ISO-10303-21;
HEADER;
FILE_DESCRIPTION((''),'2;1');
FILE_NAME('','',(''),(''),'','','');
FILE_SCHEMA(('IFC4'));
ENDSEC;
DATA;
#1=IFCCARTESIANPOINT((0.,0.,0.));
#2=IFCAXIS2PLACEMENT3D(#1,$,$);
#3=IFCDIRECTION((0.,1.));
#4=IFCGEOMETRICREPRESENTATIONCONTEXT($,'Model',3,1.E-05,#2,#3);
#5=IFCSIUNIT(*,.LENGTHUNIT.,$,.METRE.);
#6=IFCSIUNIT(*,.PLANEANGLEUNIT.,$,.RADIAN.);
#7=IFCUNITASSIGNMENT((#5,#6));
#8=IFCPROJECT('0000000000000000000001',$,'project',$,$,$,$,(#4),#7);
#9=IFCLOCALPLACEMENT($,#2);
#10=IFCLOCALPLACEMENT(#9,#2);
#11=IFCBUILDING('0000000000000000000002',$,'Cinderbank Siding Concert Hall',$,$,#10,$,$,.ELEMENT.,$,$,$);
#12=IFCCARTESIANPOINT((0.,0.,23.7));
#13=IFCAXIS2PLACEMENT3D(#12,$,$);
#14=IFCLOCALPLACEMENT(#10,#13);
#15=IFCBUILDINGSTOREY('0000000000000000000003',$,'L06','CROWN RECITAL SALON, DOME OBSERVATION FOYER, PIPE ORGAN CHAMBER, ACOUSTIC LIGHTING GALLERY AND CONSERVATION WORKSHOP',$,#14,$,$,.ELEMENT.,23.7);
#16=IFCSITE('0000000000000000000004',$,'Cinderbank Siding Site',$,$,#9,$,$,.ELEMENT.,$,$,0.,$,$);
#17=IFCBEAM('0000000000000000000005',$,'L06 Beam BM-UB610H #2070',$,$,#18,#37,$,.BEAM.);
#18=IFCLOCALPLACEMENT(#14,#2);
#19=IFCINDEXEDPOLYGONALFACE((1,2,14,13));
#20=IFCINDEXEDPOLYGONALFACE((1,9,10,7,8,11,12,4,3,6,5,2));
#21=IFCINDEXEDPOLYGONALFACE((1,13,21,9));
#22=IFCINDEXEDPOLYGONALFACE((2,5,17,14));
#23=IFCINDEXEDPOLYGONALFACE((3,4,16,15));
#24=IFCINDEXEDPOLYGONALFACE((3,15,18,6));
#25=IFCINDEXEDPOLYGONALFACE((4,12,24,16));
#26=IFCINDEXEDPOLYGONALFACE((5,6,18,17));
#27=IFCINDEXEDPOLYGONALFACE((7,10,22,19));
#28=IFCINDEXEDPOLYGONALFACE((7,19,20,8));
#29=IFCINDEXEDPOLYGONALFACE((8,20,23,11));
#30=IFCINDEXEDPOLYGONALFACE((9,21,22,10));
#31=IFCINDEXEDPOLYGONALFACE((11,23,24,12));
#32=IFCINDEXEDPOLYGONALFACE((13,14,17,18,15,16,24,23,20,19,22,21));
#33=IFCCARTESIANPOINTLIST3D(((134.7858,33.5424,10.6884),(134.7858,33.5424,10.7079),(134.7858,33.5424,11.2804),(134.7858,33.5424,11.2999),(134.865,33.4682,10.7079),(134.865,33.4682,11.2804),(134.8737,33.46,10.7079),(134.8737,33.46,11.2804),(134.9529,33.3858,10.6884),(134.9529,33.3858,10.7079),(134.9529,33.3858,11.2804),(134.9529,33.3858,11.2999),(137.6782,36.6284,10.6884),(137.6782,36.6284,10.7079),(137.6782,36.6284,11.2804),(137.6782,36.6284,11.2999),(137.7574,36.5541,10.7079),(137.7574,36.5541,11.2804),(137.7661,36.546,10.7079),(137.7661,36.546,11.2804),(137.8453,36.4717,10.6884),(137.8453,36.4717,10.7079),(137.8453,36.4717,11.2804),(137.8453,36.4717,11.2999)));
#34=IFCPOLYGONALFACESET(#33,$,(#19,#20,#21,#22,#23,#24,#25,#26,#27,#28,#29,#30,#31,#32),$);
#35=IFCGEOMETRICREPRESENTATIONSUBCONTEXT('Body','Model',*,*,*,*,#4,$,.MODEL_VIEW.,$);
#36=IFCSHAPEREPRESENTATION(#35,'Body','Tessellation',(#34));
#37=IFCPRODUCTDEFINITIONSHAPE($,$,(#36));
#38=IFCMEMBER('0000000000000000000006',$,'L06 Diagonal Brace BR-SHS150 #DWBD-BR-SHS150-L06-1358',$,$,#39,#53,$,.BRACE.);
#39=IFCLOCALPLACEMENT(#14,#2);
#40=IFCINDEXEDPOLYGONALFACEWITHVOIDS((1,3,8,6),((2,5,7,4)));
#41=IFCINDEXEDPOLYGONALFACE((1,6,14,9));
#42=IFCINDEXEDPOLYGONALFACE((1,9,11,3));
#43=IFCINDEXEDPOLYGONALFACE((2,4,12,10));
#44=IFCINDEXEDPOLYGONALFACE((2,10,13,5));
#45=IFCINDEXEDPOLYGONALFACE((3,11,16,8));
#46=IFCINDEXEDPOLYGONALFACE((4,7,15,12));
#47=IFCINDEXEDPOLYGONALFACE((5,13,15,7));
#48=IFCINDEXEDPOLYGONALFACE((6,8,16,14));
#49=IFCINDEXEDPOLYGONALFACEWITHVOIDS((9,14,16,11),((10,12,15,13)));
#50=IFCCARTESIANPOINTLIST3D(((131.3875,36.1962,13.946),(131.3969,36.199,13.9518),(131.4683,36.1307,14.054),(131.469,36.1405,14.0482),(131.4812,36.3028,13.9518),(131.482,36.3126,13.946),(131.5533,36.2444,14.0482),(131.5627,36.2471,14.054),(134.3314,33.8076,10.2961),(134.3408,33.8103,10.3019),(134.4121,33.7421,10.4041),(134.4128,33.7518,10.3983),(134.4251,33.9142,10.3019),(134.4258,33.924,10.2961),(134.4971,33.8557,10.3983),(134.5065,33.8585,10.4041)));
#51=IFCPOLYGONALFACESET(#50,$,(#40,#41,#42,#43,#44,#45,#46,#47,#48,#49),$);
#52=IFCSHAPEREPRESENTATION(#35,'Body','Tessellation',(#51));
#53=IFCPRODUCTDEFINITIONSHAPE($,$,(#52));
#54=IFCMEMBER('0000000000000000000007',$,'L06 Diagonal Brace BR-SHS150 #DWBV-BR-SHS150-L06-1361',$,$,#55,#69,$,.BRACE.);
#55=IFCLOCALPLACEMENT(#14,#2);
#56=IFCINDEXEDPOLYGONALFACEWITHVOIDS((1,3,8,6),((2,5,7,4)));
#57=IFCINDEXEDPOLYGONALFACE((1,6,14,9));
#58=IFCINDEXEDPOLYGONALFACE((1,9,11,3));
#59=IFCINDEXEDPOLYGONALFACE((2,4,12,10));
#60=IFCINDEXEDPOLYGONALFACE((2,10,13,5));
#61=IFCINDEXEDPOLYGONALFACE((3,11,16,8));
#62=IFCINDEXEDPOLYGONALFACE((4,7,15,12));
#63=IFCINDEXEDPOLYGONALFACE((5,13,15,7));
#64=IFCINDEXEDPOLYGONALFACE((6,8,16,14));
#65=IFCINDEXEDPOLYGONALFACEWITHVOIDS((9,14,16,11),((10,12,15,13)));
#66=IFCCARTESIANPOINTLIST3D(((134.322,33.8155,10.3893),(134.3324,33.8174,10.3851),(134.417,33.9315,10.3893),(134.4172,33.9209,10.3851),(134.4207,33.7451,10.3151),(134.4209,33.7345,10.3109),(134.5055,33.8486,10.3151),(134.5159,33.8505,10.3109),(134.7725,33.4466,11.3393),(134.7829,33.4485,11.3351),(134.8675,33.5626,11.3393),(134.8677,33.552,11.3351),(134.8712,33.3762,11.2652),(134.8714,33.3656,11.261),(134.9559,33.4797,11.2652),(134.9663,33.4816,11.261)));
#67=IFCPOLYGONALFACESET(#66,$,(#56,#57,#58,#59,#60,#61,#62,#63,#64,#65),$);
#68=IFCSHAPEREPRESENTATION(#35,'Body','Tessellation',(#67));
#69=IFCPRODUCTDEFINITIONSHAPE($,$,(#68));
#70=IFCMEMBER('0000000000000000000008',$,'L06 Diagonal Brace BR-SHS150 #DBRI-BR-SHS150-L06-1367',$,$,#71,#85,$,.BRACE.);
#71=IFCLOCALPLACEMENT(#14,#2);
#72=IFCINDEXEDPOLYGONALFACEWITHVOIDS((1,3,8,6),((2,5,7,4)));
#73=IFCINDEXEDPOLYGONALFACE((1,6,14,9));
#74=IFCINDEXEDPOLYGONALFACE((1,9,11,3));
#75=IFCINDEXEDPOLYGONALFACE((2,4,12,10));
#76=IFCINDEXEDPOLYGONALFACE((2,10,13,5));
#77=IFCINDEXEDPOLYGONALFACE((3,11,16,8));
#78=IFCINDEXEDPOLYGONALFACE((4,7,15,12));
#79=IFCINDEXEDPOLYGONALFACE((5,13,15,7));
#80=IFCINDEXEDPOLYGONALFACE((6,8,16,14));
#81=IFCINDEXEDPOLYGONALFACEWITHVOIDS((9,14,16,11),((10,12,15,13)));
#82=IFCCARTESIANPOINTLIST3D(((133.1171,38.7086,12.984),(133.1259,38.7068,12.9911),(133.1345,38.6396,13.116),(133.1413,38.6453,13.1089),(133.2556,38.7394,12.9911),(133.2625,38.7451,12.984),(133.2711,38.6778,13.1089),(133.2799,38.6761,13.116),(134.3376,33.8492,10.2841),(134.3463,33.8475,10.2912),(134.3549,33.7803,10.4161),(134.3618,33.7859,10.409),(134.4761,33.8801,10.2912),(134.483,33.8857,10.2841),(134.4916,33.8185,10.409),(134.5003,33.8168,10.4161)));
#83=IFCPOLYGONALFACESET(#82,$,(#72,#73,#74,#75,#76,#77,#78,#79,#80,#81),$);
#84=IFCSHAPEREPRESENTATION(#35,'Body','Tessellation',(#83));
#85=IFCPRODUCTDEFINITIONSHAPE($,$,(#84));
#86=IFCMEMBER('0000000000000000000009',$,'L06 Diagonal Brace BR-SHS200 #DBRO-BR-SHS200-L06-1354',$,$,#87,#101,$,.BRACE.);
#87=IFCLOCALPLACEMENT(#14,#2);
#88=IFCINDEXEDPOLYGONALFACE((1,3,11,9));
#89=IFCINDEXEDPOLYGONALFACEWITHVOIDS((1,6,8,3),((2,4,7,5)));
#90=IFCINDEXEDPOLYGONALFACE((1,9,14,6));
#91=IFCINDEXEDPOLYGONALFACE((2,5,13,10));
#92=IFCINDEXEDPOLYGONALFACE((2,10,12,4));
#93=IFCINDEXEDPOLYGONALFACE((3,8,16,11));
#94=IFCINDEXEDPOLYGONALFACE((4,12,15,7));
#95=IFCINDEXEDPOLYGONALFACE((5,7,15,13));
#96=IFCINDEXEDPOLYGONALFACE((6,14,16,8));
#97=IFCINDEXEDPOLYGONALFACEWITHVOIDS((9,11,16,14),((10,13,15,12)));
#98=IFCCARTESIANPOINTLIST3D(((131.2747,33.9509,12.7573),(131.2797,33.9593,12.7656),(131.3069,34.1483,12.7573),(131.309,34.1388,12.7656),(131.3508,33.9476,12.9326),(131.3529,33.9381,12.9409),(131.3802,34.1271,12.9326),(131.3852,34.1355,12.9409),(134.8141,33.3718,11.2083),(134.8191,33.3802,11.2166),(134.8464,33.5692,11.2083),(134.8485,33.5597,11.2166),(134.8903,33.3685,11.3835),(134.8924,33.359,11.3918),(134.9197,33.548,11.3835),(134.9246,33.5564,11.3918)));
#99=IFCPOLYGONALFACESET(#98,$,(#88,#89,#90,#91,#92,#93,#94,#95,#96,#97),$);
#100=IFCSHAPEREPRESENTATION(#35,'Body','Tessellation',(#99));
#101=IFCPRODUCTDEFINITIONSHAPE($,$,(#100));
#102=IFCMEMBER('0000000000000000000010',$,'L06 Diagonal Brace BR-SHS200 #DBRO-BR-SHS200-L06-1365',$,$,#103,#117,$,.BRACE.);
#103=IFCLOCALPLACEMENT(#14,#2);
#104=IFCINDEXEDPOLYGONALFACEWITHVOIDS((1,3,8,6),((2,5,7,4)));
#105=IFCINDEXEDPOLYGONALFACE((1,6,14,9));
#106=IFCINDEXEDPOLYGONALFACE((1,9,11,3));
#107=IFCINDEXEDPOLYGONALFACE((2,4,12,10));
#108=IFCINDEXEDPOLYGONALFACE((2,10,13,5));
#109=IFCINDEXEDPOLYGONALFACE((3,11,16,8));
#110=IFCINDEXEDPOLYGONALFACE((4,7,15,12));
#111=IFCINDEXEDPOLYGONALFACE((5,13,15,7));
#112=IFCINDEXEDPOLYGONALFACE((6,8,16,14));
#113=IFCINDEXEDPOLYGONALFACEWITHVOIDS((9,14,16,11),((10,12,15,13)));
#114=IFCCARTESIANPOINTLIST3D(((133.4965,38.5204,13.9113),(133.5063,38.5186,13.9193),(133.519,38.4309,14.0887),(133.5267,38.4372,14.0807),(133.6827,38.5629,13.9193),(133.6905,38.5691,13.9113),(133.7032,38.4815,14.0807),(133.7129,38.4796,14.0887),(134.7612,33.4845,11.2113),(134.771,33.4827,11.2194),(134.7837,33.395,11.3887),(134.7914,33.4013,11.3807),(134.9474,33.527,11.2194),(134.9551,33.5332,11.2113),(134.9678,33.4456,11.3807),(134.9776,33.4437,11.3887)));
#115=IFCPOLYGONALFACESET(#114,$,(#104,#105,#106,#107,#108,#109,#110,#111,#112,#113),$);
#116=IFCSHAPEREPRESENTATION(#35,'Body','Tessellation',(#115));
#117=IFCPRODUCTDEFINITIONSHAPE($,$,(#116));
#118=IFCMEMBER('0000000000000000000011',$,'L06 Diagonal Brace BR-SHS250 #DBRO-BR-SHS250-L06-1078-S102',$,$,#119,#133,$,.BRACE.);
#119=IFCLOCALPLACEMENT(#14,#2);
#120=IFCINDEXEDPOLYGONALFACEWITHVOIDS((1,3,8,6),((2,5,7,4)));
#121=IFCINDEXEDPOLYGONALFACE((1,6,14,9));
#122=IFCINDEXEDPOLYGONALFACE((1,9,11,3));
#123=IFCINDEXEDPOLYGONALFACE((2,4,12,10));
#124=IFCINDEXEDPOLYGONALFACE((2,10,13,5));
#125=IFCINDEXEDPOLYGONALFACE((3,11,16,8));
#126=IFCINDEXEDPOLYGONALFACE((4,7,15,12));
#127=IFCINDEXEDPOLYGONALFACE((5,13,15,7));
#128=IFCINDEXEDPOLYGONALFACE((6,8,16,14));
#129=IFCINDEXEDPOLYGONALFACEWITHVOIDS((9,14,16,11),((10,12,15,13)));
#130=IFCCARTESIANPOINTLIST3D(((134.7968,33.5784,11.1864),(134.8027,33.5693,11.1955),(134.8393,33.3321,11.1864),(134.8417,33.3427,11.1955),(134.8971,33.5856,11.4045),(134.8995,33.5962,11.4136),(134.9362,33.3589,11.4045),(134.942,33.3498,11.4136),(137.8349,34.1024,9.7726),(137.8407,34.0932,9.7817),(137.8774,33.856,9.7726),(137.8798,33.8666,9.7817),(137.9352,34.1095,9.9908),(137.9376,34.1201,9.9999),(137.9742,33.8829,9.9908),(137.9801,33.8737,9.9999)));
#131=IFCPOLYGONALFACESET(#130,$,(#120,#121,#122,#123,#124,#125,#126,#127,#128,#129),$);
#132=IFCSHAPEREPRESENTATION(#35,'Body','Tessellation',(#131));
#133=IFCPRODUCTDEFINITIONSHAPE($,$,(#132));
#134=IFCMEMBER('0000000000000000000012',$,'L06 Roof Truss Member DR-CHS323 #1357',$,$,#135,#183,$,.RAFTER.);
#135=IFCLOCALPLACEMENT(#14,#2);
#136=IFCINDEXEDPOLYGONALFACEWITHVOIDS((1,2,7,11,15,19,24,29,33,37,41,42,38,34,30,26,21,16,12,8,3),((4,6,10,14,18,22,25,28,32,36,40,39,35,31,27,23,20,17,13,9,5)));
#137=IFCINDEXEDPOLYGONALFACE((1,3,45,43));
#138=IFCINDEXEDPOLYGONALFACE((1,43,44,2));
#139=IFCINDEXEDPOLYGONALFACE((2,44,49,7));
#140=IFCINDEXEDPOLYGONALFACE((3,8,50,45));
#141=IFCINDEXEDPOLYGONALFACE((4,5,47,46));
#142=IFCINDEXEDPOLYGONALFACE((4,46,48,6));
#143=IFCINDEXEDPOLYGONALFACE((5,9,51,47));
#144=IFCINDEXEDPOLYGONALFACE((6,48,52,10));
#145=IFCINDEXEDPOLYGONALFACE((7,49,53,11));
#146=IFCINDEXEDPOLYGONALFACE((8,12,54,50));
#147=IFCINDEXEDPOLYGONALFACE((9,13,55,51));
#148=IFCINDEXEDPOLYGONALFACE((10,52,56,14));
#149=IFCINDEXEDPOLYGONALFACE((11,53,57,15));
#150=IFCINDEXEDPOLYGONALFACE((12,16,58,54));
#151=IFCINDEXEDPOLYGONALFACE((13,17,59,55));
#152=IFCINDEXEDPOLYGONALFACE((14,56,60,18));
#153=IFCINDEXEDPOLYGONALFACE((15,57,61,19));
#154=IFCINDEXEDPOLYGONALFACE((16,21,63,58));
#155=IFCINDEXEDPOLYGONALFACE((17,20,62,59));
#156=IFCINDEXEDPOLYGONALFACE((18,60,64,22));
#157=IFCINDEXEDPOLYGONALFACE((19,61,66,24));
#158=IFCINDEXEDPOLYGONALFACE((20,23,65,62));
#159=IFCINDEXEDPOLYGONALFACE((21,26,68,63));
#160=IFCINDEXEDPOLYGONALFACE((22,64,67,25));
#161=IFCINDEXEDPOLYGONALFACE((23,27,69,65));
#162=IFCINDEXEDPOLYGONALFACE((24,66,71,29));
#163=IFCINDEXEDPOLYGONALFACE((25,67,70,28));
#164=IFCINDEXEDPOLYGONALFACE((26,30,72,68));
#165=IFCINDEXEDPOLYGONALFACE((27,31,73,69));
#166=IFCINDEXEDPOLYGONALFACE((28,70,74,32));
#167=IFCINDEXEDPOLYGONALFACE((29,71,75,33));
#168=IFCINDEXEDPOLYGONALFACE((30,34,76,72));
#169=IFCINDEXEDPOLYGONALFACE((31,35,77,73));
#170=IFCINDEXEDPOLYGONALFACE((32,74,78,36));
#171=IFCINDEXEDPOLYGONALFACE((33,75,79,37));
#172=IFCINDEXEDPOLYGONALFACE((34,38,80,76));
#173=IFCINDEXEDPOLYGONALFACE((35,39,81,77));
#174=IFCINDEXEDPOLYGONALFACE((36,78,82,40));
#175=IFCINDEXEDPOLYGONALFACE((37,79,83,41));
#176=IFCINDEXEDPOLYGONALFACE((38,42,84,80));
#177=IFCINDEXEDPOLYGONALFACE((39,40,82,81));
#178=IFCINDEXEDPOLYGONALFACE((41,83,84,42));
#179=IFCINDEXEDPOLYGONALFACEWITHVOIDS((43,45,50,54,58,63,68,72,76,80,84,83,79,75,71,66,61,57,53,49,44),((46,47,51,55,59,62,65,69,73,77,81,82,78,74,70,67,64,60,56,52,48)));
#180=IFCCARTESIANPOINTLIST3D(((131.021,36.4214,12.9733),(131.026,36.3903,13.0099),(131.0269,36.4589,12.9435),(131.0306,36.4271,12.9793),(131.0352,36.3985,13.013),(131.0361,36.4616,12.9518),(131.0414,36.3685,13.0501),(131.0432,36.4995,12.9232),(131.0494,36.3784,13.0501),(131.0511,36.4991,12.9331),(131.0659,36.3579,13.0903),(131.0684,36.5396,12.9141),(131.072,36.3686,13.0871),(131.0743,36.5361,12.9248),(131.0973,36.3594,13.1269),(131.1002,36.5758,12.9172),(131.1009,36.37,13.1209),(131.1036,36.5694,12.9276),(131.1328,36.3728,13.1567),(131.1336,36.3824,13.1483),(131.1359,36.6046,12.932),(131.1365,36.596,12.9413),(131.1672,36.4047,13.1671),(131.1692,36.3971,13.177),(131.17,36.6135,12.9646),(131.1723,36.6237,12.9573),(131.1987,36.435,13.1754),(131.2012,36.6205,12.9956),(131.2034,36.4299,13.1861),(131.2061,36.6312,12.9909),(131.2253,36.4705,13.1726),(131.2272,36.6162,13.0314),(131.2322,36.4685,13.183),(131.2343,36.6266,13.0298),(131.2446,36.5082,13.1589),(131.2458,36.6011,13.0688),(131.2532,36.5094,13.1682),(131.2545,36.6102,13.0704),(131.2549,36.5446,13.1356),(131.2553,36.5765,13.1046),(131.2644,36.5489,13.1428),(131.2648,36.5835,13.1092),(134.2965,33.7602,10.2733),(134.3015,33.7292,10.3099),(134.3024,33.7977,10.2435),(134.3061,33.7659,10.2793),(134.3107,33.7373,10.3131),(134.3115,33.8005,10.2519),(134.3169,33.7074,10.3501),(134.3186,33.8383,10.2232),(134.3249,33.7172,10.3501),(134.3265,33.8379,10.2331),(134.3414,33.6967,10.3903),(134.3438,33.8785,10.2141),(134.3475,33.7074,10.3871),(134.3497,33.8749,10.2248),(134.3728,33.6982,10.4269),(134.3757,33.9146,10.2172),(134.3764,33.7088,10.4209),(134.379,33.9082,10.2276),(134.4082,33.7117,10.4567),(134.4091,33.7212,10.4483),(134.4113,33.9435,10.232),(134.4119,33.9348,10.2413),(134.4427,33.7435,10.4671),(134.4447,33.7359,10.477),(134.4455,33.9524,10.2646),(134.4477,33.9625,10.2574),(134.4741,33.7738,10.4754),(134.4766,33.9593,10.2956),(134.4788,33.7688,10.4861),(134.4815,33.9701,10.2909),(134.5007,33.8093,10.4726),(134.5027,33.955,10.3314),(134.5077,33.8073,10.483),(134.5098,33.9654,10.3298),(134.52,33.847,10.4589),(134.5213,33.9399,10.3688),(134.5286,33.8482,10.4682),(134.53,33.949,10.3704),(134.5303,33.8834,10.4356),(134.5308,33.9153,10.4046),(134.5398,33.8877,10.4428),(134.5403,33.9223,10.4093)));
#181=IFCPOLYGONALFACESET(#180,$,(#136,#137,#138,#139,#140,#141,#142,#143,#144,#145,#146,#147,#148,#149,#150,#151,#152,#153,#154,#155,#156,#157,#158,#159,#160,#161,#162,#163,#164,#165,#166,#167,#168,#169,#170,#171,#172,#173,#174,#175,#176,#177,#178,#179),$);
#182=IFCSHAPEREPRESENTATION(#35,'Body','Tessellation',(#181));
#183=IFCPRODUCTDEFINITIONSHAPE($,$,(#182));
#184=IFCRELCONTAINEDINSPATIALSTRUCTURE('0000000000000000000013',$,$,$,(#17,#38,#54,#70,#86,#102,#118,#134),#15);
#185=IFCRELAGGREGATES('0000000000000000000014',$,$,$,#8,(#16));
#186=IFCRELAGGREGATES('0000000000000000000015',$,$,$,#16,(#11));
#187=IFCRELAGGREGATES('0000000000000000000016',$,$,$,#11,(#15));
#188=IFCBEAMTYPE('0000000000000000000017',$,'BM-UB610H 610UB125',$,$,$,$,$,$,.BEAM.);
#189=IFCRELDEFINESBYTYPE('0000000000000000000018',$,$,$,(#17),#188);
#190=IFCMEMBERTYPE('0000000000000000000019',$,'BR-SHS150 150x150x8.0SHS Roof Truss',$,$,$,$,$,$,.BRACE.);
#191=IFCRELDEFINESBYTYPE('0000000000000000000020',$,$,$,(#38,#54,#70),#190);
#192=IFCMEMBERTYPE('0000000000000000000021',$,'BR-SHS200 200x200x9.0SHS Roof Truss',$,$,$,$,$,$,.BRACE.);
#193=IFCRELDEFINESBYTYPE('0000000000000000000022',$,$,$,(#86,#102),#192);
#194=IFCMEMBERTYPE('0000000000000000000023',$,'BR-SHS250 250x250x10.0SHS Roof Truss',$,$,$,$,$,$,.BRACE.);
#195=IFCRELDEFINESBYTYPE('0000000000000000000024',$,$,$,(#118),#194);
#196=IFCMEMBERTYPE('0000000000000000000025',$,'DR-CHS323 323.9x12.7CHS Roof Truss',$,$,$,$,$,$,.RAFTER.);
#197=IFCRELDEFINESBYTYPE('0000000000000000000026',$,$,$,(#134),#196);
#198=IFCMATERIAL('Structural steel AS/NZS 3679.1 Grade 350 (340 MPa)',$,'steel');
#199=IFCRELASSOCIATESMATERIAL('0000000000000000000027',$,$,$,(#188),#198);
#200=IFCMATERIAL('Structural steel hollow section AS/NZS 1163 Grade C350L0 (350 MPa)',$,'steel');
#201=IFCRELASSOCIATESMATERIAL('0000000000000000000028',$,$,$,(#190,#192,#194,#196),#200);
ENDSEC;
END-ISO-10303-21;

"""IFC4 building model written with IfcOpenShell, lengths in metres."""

from ifc_helpers import new_model, si_unit, direction, frame, origin, origin_2d, place, context, subcontext, project, spatial, hollow_rectangle, hollow_circle, i_section, extrude, material, material_profile, profile_set, type_object, element, save


model = new_model("IFC4")

# Units and contexts
model_context = context("Model", 3, precision=1e-05, world=origin(), true_north=direction((0.0, 1.0)))
body_context = subcontext(model_context, "Body", "Model", "MODEL_VIEW")
ifc_project = project(units=[si_unit("LENGTHUNIT", "METRE"), si_unit("PLANEANGLEUNIT", "RADIAN")], contexts=[model_context])

# Site, building, storey
site_placement = place(None, origin())
site = spatial("IfcSite", under=ifc_project, at=site_placement, Name="Cinderbank Siding Site", CompositionType="ELEMENT", RefElevation=0.0)
building_placement = place(site_placement, origin())
building = spatial("IfcBuilding", under=site, at=building_placement, Name="Cinderbank Siding Concert Hall", CompositionType="ELEMENT")
storey_placement = place(building_placement, frame((0.0, 0.0, 23.7)))
storey = spatial("IfcBuildingStorey", under=building, at=storey_placement, Name="L06", Description="CROWN RECITAL SALON, DOME OBSERVATION FOYER, PIPE ORGAN CHAMBER, ACOUSTIC LIGHTING GALLERY AND CONSERVATION WORKSHOP", CompositionType="ELEMENT", Elevation=23.7)

# Beam
ifc_material_1 = material(Name="Structural steel AS/NZS 3679.1 Grade 350 (340 MPa)", Category="steel")
ifc_material_profile_1 = material_profile(ifc_material_1, i_section(OverallWidth=0.229, OverallDepth=0.6116, WebThickness=0.012, FlangeThickness=0.0195, at=origin_2d()), Name="610UB125", Category="LoadBearing")
ifc_profile_set_1 = profile_set([ifc_material_profile_1], Name="Structural steel AS/NZS 3679.1 Grade 350 (340 MPa)")
beam_type = type_object("IfcBeamType", Name="BM-UB610H 610UB125", PredefinedType="BEAM", material=ifc_profile_set_1)
beam_placement = place(storey_placement, frame((134.8694, 33.4641, 10.9941), z_axis=(0.683849, 0.729624, 0.0), x_axis=(-0.729624, 0.683849, 0.0)))
element("IfcBeam", 1, at=beam_placement, inside=storey, type_object=beam_type, Name="L06 Beam BM-UB610H #2070", PredefinedType="BEAM", context=body_context, shape_type="SweptSolid", body=[
    extrude(i_section(OverallWidth=0.229, OverallDepth=0.6116, WebThickness=0.012, FlangeThickness=0.0195, at=origin_2d()), origin(), (0.0, 0.0, 1.0), 4.2295),
])

# Members
ifc_material_2 = material(Name="Structural steel hollow section AS/NZS 1163 Grade C350L0 (350 MPa)", Category="steel")
ifc_material_profile_2 = material_profile(ifc_material_2, hollow_rectangle(XDim=0.1499, YDim=0.1499, WallThickness=0.0081, at=origin_2d()), Name="150x150x8.0SHS", Category="LoadBearing")
ifc_profile_set_2 = profile_set([ifc_material_profile_2], Name="Structural steel hollow section AS/NZS 1163 Grade C350L0 (350 MPa)")
member_type_1 = type_object("IfcMemberType", Name="BR-SHS150 150x150x8.0SHS Roof Truss", PredefinedType="BRACE", material=ifc_profile_set_2)
member_1_placement = place(storey_placement, frame((134.4189, 33.833, 10.3501), z_axis=(-0.559402, 0.453905, 0.69357), x_axis=(-0.630083, -0.776528, 0.0)))
element("IfcMember", 2, at=member_1_placement, inside=storey, type_object=member_type_1, Name="L06 Diagonal Brace BR-SHS150 #DWBD-BR-SHS150-L06-1358", PredefinedType="BRACE", context=body_context, shape_type="SweptSolid", body=[
    extrude(hollow_rectangle(XDim=0.1499, YDim=0.1499, WallThickness=0.0081, at=origin_2d()), origin(), (0.0, 0.0, 1.0), 5.2625),
])
member_2_placement = place(storey_placement, frame((134.4189, 33.833, 10.3501), z_axis=(0.40428, -0.331094, 0.852604), x_axis=(0.633603, 0.773658, 0.0)))
element("IfcMember", 3, at=member_2_placement, inside=storey, type_object=member_type_1, Name="L06 Diagonal Brace BR-SHS150 #DWBV-BR-SHS150-L06-1361", PredefinedType="BRACE", context=body_context, shape_type="SweptSolid", body=[
    extrude(hollow_rectangle(XDim=0.1499, YDim=0.1499, WallThickness=0.0081, at=origin_2d()), origin(), (0.0, 0.0, 1.0), 1.1143),
])
member_3_placement = place(storey_placement, frame((134.4189, 33.833, 10.3501), z_axis=(-0.214437, 0.8538, 0.474386), x_axis=(-0.969878, -0.24359, 0.0)))
element("IfcMember", 4, at=member_3_placement, inside=storey, type_object=member_type_1, Name="L06 Diagonal Brace BR-SHS150 #DBRI-BR-SHS150-L06-1367", PredefinedType="BRACE", context=body_context, shape_type="SweptSolid", body=[
    extrude(hollow_rectangle(XDim=0.1499, YDim=0.1499, WallThickness=0.0081, at=origin_2d()), origin(), (0.0, 0.0, 1.0), 5.6914),
])
ifc_material_profile_3 = material_profile(ifc_material_2, hollow_rectangle(XDim=0.2, YDim=0.2, WallThickness=0.009, at=origin_2d()), Name="200x200x9.0SHS", Category="LoadBearing")
ifc_profile_set_3 = profile_set([ifc_material_profile_3], Name="Structural steel hollow section AS/NZS 1163 Grade C350L0 (350 MPa)")
member_type_2 = type_object("IfcMemberType", Name="BR-SHS200 200x200x9.0SHS Roof Truss", PredefinedType="BRACE", material=ifc_profile_set_3)
member_4_placement = place(storey_placement, frame((134.8694, 33.4641, 11.3), z_axis=(-0.905988, 0.148228, 0.396503), x_axis=(-0.161462, -0.986879, 0.0)))
element("IfcMember", 5, at=member_4_placement, inside=storey, type_object=member_type_2, Name="L06 Diagonal Brace BR-SHS200 #DBRO-BR-SHS200-L06-1354", PredefinedType="BRACE", context=body_context, shape_type="SweptSolid", body=[
    extrude(hollow_rectangle(XDim=0.2, YDim=0.2, WallThickness=0.009, at=origin_2d()), origin(), (0.0, 0.0, 1.0), 3.9067),
])
member_5_placement = place(storey_placement, frame((134.8694, 33.4641, 11.3), z_axis=(-0.216095, 0.860499, 0.46135), x_axis=(-0.969885, -0.243564, 0.0)))
element("IfcMember", 6, at=member_5_placement, inside=storey, type_object=member_type_2, Name="L06 Diagonal Brace BR-SHS200 #DBRO-BR-SHS200-L06-1365", PredefinedType="BRACE", context=body_context, shape_type="SweptSolid", body=[
    extrude(hollow_rectangle(XDim=0.2, YDim=0.2, WallThickness=0.009, at=origin_2d()), origin(), (0.0, 0.0, 1.0), 5.8523),
])
ifc_material_profile_4 = material_profile(ifc_material_2, hollow_rectangle(XDim=0.25, YDim=0.25, WallThickness=0.01, at=origin_2d()), Name="250x250x10.0SHS", Category="LoadBearing")
ifc_profile_set_4 = profile_set([ifc_material_profile_4], Name="Structural steel hollow section AS/NZS 1163 Grade C350L0 (350 MPa)")
member_type_3 = type_object("IfcMemberType", Name="BR-SHS250 250x250x10.0SHS Roof Truss", PredefinedType="BRACE", material=ifc_profile_set_4)
member_6_placement = place(storey_placement, frame((137.9075, 33.988, 9.8862), z_axis=(-0.895752, -0.154475, 0.416852), x_axis=(0.169944, -0.985454, 0.0)))
element("IfcMember", 7, at=member_6_placement, inside=storey, type_object=member_type_3, Name="L06 Diagonal Brace BR-SHS250 #DBRO-BR-SHS250-L06-1078-S102", PredefinedType="BRACE", context=body_context, shape_type="SweptSolid", body=[
    extrude(hollow_rectangle(XDim=0.25, YDim=0.25, WallThickness=0.01, at=origin_2d()), origin(), (0.0, 0.0, 1.0), 3.3916),
])
ifc_material_profile_5 = material_profile(ifc_material_2, hollow_circle(Radius=0.1619, WallThickness=0.0127, at=origin_2d()), Name="323.9x12.7CHS", Category="LoadBearing")
ifc_profile_set_5 = profile_set([ifc_material_profile_5], Name="Structural steel hollow section AS/NZS 1163 Grade C350L0 (350 MPa)")
member_type_4 = type_object("IfcMemberType", Name="DR-CHS323 323.9x12.7CHS Roof Truss", PredefinedType="RAFTER", material=ifc_profile_set_5)
member_7_placement = place(storey_placement, frame((134.4189, 33.833, 10.3501), z_axis=(-0.653778, 0.53117, 0.538918), x_axis=(-0.630575, -0.776128, 0.0)))
element("IfcMember", 8, at=member_7_placement, inside=storey, type_object=member_type_4, Name="L06 Roof Truss Member DR-CHS323 #1357", PredefinedType="RAFTER", context=body_context, shape_type="SweptSolid", body=[
    extrude(hollow_circle(Radius=0.1619, WallThickness=0.0127, at=origin_2d()), origin(), (0.0, 0.0, 1.0), 5.01),
])

save(model, "model.ifc")
